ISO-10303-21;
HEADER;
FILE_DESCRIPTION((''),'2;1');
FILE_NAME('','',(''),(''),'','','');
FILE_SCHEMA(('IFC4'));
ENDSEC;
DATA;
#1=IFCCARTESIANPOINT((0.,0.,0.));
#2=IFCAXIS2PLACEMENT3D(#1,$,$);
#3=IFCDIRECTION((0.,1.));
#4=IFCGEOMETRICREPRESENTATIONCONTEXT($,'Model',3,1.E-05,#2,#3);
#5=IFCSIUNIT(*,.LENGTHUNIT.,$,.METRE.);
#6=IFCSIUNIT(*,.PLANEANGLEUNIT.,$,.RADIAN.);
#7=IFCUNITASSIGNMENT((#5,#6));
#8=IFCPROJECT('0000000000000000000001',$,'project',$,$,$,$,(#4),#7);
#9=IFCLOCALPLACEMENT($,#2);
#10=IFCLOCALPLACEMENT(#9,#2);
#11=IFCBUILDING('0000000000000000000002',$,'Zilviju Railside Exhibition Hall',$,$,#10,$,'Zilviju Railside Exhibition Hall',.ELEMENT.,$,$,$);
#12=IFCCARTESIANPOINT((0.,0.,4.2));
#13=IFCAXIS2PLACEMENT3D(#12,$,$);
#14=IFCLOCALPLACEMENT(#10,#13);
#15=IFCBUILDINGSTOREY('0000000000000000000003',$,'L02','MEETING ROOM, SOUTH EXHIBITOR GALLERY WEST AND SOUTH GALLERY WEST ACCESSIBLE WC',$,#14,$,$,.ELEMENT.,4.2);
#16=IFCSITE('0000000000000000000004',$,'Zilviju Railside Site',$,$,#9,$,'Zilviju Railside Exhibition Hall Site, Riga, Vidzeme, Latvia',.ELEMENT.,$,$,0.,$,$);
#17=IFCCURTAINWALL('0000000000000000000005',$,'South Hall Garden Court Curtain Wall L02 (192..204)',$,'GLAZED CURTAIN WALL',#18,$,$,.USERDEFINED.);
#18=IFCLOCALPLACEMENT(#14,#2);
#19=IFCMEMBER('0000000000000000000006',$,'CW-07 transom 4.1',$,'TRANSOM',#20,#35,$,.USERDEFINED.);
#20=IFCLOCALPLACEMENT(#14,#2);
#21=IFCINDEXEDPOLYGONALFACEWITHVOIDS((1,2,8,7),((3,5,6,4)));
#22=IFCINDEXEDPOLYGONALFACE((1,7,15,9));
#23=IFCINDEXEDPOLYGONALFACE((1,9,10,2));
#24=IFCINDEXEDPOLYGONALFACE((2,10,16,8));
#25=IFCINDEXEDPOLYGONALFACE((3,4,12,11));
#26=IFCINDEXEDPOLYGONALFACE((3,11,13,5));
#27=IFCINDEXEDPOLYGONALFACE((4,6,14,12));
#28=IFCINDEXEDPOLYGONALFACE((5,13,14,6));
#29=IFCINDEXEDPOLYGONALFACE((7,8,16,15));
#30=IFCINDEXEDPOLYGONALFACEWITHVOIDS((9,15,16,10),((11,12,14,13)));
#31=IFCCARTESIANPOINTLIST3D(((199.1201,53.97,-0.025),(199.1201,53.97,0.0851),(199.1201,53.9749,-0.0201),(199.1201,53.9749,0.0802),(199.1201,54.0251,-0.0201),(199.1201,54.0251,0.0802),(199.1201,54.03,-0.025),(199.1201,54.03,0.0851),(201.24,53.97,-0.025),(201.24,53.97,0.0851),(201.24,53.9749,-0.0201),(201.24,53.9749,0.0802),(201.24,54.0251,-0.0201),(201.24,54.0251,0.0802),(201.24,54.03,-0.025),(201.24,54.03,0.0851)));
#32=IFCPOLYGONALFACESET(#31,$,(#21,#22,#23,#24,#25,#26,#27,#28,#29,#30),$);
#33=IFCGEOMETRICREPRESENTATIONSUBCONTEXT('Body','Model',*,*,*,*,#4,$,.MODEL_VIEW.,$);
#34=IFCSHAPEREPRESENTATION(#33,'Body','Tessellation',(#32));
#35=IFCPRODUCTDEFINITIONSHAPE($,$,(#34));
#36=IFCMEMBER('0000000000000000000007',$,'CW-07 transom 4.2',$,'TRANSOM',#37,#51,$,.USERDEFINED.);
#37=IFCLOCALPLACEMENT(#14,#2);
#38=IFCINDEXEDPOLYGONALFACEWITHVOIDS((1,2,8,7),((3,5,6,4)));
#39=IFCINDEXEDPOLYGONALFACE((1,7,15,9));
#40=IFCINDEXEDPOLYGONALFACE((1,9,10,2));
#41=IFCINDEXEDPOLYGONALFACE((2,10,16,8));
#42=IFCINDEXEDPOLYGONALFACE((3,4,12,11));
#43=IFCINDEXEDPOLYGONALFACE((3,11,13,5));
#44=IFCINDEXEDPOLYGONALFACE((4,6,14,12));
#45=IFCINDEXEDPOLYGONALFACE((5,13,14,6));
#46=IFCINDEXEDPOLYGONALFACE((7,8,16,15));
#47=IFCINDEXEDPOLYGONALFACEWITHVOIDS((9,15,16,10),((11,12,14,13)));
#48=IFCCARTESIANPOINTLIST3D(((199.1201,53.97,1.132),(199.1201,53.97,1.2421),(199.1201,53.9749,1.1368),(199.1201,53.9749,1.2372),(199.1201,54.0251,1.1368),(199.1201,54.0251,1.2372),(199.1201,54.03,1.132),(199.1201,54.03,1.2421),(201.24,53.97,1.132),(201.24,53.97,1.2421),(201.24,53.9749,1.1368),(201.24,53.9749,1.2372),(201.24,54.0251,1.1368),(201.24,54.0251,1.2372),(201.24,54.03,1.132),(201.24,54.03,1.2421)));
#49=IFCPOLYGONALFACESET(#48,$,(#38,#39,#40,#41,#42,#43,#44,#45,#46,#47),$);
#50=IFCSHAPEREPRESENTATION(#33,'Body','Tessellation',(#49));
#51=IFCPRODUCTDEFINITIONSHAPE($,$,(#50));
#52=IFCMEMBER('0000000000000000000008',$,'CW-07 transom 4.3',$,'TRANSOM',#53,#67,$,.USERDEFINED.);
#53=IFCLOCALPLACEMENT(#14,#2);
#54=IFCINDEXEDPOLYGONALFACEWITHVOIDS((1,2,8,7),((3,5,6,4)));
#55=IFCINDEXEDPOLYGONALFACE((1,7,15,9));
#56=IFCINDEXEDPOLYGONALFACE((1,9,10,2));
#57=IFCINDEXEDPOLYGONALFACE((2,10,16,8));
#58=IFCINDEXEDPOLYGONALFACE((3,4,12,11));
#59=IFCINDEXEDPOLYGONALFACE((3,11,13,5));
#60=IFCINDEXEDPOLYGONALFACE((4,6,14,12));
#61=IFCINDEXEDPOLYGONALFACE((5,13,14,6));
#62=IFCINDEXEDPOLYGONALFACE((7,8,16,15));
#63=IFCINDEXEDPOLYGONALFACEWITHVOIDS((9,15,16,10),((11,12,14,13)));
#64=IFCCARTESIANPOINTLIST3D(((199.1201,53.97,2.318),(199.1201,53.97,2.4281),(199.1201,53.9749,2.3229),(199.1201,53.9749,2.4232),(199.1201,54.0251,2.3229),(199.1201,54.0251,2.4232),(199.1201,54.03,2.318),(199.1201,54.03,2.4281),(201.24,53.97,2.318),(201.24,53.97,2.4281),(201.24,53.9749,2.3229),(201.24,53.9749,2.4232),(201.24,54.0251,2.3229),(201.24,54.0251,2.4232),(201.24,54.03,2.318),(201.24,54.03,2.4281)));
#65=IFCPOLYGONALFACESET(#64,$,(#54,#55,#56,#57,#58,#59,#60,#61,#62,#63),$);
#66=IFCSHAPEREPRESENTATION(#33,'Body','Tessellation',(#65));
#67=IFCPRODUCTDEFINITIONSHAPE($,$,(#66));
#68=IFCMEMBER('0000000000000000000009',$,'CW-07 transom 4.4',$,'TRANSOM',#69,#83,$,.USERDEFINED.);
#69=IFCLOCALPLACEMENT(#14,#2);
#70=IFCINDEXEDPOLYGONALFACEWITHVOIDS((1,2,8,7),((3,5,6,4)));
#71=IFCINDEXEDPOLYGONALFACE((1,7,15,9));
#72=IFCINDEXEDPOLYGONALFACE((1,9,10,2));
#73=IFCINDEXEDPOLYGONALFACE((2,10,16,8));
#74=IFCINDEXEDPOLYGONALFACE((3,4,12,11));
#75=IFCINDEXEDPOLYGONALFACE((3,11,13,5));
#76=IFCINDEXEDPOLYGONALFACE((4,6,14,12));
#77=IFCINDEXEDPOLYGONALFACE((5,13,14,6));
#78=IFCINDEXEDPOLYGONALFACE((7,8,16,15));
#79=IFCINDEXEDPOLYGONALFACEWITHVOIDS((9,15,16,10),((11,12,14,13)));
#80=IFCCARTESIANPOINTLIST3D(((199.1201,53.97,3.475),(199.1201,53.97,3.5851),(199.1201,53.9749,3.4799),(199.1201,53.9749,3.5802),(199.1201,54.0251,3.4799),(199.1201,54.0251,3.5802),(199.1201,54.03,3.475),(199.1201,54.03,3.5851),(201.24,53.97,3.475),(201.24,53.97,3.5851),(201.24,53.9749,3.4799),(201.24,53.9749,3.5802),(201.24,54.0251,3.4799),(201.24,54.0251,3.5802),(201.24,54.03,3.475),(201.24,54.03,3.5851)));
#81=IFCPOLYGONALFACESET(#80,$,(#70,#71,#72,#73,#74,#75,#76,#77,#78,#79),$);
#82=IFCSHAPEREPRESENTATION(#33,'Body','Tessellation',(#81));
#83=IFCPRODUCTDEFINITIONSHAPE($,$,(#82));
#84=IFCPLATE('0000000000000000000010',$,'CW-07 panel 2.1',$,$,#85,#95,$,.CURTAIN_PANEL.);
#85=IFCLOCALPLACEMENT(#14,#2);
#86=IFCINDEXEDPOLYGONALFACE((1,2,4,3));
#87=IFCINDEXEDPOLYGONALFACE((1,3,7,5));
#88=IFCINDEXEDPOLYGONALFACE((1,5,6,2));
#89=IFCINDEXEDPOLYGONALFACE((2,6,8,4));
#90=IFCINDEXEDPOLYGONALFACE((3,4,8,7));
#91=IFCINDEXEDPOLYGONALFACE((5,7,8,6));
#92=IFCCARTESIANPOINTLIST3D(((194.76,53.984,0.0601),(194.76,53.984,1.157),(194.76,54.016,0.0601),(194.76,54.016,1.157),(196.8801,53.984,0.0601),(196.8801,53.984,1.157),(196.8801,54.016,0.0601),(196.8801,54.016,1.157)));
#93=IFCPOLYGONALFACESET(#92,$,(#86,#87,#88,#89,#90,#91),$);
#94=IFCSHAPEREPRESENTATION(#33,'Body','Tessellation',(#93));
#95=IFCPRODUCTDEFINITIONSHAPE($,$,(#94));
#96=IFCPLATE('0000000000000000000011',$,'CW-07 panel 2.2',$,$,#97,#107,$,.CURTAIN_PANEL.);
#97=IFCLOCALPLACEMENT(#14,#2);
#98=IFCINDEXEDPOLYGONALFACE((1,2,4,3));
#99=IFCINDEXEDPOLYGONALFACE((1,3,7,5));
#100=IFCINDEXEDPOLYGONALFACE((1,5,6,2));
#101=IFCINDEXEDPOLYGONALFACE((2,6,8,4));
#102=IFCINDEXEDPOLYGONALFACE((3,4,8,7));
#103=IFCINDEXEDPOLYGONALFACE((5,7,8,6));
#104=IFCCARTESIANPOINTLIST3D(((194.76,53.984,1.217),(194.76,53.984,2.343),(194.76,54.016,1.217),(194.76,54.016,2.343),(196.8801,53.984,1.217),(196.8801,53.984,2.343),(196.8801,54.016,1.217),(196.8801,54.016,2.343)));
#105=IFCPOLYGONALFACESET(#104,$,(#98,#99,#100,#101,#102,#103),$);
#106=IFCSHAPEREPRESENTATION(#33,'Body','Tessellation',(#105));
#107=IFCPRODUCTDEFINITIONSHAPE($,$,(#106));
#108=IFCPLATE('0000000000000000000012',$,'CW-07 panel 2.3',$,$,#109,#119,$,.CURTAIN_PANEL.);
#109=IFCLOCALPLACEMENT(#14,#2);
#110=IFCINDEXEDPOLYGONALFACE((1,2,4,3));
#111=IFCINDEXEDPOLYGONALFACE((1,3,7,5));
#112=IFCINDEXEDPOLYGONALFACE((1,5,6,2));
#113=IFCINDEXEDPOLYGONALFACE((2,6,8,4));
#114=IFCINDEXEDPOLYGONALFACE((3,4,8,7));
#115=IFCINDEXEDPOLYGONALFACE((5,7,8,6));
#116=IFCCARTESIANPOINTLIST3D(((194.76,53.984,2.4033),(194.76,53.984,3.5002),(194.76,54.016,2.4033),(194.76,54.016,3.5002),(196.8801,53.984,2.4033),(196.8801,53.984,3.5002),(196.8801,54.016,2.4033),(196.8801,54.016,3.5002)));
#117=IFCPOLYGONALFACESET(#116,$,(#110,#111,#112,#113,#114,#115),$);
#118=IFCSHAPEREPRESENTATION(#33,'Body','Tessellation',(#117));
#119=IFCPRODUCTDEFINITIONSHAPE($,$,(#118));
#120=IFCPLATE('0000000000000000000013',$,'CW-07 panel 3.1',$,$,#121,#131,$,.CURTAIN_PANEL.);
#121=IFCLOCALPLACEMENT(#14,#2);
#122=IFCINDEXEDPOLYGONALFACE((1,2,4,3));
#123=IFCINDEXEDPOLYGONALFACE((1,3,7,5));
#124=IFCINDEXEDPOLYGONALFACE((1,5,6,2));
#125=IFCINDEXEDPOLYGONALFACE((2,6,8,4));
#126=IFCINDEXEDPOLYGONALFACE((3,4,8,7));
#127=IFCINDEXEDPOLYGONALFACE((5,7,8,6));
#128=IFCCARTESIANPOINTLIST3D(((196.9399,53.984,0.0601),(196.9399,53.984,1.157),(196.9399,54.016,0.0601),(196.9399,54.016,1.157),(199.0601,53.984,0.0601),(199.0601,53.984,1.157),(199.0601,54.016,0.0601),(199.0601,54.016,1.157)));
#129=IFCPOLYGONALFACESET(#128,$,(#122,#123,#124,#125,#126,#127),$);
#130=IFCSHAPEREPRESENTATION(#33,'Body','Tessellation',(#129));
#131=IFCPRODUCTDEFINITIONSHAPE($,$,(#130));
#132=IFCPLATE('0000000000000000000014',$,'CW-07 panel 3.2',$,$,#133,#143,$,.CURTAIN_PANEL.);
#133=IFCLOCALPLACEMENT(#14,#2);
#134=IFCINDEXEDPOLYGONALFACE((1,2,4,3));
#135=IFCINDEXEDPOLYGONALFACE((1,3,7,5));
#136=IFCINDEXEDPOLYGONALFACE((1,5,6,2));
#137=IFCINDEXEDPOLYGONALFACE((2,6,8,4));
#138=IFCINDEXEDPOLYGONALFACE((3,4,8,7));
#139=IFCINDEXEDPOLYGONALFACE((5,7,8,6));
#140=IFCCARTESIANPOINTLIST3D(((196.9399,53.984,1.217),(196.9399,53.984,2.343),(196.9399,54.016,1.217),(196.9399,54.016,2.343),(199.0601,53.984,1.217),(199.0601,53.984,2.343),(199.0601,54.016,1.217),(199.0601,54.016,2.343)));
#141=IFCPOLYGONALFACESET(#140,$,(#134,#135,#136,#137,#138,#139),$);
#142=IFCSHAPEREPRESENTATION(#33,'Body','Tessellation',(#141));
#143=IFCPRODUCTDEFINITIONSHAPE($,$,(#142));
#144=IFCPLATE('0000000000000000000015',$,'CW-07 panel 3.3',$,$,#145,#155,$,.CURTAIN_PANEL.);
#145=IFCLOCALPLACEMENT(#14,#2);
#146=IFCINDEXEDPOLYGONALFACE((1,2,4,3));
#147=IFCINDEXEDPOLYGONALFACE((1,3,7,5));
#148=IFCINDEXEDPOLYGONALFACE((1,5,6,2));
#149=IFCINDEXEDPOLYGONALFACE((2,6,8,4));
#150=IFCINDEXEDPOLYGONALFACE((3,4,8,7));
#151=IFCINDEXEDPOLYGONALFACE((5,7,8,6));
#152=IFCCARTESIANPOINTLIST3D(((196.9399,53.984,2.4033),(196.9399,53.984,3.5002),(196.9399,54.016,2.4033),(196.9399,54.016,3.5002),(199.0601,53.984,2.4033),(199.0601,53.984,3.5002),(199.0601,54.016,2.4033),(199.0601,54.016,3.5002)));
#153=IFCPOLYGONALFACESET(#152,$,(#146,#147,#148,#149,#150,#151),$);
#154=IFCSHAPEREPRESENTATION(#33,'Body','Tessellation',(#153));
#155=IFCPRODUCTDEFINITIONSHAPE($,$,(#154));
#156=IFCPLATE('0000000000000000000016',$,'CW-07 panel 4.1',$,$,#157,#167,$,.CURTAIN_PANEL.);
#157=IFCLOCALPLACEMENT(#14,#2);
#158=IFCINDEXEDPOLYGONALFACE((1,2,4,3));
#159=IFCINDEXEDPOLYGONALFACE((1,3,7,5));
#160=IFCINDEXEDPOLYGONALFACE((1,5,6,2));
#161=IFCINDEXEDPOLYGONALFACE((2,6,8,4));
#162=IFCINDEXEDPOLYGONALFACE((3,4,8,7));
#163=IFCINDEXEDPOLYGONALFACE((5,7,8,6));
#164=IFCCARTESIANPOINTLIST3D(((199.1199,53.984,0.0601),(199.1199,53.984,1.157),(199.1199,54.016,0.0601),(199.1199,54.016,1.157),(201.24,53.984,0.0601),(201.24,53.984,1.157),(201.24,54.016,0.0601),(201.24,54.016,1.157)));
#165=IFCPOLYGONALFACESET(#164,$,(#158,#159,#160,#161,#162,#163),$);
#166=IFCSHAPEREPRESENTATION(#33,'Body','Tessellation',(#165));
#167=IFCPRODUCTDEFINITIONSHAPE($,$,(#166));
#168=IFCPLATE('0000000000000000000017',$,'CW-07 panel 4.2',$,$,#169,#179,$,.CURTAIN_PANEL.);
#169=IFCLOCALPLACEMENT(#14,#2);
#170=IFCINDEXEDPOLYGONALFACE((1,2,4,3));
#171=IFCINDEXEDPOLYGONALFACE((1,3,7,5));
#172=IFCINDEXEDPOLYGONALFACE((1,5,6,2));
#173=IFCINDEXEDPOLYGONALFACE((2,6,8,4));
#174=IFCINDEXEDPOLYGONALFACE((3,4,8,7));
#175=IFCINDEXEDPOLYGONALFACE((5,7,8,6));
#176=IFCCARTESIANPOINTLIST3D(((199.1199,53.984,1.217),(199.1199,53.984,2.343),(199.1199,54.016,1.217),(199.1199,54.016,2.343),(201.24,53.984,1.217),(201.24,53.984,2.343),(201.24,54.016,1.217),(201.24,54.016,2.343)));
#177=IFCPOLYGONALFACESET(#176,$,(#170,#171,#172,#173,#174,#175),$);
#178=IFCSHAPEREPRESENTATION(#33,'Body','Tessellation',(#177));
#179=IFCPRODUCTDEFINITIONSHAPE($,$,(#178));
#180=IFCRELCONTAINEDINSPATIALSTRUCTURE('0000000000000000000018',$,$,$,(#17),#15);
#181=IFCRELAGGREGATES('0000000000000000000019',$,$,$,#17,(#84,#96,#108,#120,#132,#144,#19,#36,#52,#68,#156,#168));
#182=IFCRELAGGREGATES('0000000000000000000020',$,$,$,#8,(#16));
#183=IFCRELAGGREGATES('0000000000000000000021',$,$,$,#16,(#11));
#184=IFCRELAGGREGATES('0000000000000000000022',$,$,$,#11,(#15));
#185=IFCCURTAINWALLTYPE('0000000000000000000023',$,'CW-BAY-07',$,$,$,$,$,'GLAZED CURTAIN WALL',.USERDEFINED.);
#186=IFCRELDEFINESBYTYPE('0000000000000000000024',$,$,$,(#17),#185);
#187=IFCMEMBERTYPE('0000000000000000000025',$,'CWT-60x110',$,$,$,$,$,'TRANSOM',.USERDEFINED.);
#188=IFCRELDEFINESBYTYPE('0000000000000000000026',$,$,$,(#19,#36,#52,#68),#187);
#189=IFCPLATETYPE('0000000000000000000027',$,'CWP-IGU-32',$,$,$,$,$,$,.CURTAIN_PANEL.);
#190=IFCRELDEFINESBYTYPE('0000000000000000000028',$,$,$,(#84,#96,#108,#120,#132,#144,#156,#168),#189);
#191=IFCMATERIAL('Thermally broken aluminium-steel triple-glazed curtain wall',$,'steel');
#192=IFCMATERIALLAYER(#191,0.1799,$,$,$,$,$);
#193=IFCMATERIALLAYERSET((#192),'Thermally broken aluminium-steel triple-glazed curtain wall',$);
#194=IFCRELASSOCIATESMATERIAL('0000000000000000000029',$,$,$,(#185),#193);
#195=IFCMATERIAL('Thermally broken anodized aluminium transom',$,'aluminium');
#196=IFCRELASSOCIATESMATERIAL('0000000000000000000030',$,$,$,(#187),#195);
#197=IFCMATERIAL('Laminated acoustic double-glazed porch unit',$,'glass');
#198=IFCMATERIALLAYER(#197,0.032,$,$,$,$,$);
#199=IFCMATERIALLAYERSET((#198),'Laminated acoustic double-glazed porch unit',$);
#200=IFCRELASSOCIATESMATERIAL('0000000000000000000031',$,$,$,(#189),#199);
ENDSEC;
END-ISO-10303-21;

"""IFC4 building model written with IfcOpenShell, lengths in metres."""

from ifc_helpers import new_model, si_unit, direction, frame, origin, origin_2d, place, context, subcontext, project, spatial, rectangle, hollow_rectangle, extrude, material, layer, layer_set, material_profile, profile_set, type_object, element, aggregate, save


model = new_model("IFC4")

# Units and contexts
model_context = context("Model", 3, precision=1e-05, world=origin(), true_north=direction((0.0, 1.0)))
body_context = subcontext(model_context, "Body", "Model", "MODEL_VIEW")
ifc_project = project(units=[si_unit("LENGTHUNIT", "METRE"), si_unit("PLANEANGLEUNIT", "RADIAN")], contexts=[model_context])

# Site, building, storey
site_placement = place(None, origin())
site = spatial("IfcSite", under=ifc_project, at=site_placement, Name="Zilviju Railside Site", LongName="Zilviju Railside Exhibition Hall Site, Riga, Vidzeme, Latvia", CompositionType="ELEMENT", RefElevation=0.0)
building_placement = place(site_placement, origin())
building = spatial("IfcBuilding", under=site, at=building_placement, Name="Zilviju Railside Exhibition Hall", LongName="Zilviju Railside Exhibition Hall", CompositionType="ELEMENT")
storey_placement = place(building_placement, frame((0.0, 0.0, 4.2)))
storey = spatial("IfcBuildingStorey", under=building, at=storey_placement, Name="L02", Description="MEETING ROOM, SOUTH EXHIBITOR GALLERY WEST AND SOUTH GALLERY WEST ACCESSIBLE WC", CompositionType="ELEMENT", Elevation=4.2)

# Curtain wall, members, plates
ifc_material_1 = material(Name="Thermally broken aluminium-steel triple-glazed curtain wall", Category="steel")
ifc_layer_1 = layer(ifc_material_1, 0.1799)
ifc_layer_set_1 = layer_set([ifc_layer_1], Name="Thermally broken aluminium-steel triple-glazed curtain wall")
curtain_wall_type = type_object("IfcCurtainWallType", Name="CW-BAY-07", ElementType="GLAZED CURTAIN WALL", PredefinedType="USERDEFINED", material=ifc_layer_set_1)
curtain_wall_placement = place(storey_placement, origin())
curtain_wall = element("IfcCurtainWall", 1, at=curtain_wall_placement, inside=storey, type_object=curtain_wall_type, Name="South Hall Garden Court Curtain Wall L02 (192..204)", ObjectType="GLAZED CURTAIN WALL", PredefinedType="USERDEFINED")
ifc_material_2 = material(Name="Thermally broken anodized aluminium transom", Category="aluminium")
ifc_material_profile_1 = material_profile(ifc_material_2, hollow_rectangle(XDim=0.0601, YDim=0.1101, WallThickness=0.0049, at=origin_2d()), Name="TRANSOM 110x60x5")
ifc_profile_set_1 = profile_set([ifc_material_profile_1], Name="Thermally broken anodized aluminium transom")
member_type_1 = type_object("IfcMemberType", Name="CWT-60x110", ElementType="TRANSOM", PredefinedType="USERDEFINED", material=ifc_profile_set_1)
member_1_placement = place(storey_placement, frame((199.1201, 54.0, 0.03), z_axis=(1.0, 0.0, 0.0), x_axis=(0.0, 1.0, 0.0)))
member_1 = element("IfcMember", 2, at=member_1_placement, type_object=member_type_1, Name="CW-07 transom 4.1", ObjectType="TRANSOM", PredefinedType="USERDEFINED", context=body_context, shape_type="SweptSolid", body=[
    extrude(hollow_rectangle(XDim=0.0601, YDim=0.1101, WallThickness=0.0049, at=origin_2d()), origin(), (0.0, 0.0, 1.0), 2.1199),
])
member_2_placement = place(storey_placement, frame((199.1201, 54.0, 1.187), z_axis=(1.0, 0.0, 0.0), x_axis=(0.0, 1.0, 0.0)))
member_2 = element("IfcMember", 3, at=member_2_placement, type_object=member_type_1, Name="CW-07 transom 4.2", ObjectType="TRANSOM", PredefinedType="USERDEFINED", context=body_context, shape_type="SweptSolid", body=[
    extrude(hollow_rectangle(XDim=0.0601, YDim=0.1101, WallThickness=0.0049, at=origin_2d()), origin(), (0.0, 0.0, 1.0), 2.1199),
])
member_3_placement = place(storey_placement, frame((199.1201, 54.0, 2.373), z_axis=(1.0, 0.0, 0.0), x_axis=(0.0, 1.0, 0.0)))
member_3 = element("IfcMember", 4, at=member_3_placement, type_object=member_type_1, Name="CW-07 transom 4.3", ObjectType="TRANSOM", PredefinedType="USERDEFINED", context=body_context, shape_type="SweptSolid", body=[
    extrude(hollow_rectangle(XDim=0.0601, YDim=0.1101, WallThickness=0.0049, at=origin_2d()), origin(), (0.0, 0.0, 1.0), 2.1199),
])
member_4_placement = place(storey_placement, frame((199.1201, 54.0, 3.53), z_axis=(1.0, 0.0, 0.0), x_axis=(0.0, 1.0, 0.0)))
member_4 = element("IfcMember", 5, at=member_4_placement, type_object=member_type_1, Name="CW-07 transom 4.4", ObjectType="TRANSOM", PredefinedType="USERDEFINED", context=body_context, shape_type="SweptSolid", body=[
    extrude(hollow_rectangle(XDim=0.0601, YDim=0.1101, WallThickness=0.0049, at=origin_2d()), origin(), (0.0, 0.0, 1.0), 2.1199),
])
ifc_material_3 = material(Name="Laminated acoustic double-glazed porch unit", Category="glass")
ifc_layer_2 = layer(ifc_material_3, 0.032)
ifc_layer_set_2 = layer_set([ifc_layer_2], Name="Laminated acoustic double-glazed porch unit")
plate_type = type_object("IfcPlateType", Name="CWP-IGU-32", PredefinedType="CURTAIN_PANEL", material=ifc_layer_set_2)
plate_1_placement = place(storey_placement, frame((195.8201, 54.0, 0.0601), z_axis=(0.0, 0.0, 1.0), x_axis=(1.0, 0.0, 0.0)))
plate_1 = element("IfcPlate", 6, at=plate_1_placement, type_object=plate_type, Name="CW-07 panel 2.1", PredefinedType="CURTAIN_PANEL", context=body_context, shape_type="SweptSolid", body=[
    extrude(rectangle(XDim=2.1201, YDim=0.032, at=origin_2d()), origin(), (0.0, 0.0, 1.0), 1.0969),
])
plate_2_placement = place(storey_placement, frame((195.8201, 54.0, 1.217), z_axis=(0.0, 0.0, 1.0), x_axis=(1.0, 0.0, 0.0)))
plate_2 = element("IfcPlate", 7, at=plate_2_placement, type_object=plate_type, Name="CW-07 panel 2.2", PredefinedType="CURTAIN_PANEL", context=body_context, shape_type="SweptSolid", body=[
    extrude(rectangle(XDim=2.1201, YDim=0.032, at=origin_2d()), origin(), (0.0, 0.0, 1.0), 1.126),
])
plate_3_placement = place(storey_placement, frame((195.8201, 54.0, 2.4033), z_axis=(0.0, 0.0, 1.0), x_axis=(1.0, 0.0, 0.0)))
plate_3 = element("IfcPlate", 8, at=plate_3_placement, type_object=plate_type, Name="CW-07 panel 2.3", PredefinedType="CURTAIN_PANEL", context=body_context, shape_type="SweptSolid", body=[
    extrude(rectangle(XDim=2.1201, YDim=0.032, at=origin_2d()), origin(), (0.0, 0.0, 1.0), 1.0969),
])
plate_4_placement = place(storey_placement, frame((198.0, 54.0, 0.0601), z_axis=(0.0, 0.0, 1.0), x_axis=(1.0, 0.0, 0.0)))
plate_4 = element("IfcPlate", 9, at=plate_4_placement, type_object=plate_type, Name="CW-07 panel 3.1", PredefinedType="CURTAIN_PANEL", context=body_context, shape_type="SweptSolid", body=[
    extrude(rectangle(XDim=2.1201, YDim=0.032, at=origin_2d()), origin(), (0.0, 0.0, 1.0), 1.0969),
])
plate_5_placement = place(storey_placement, frame((198.0, 54.0, 1.217), z_axis=(0.0, 0.0, 1.0), x_axis=(1.0, 0.0, 0.0)))
plate_5 = element("IfcPlate", 10, at=plate_5_placement, type_object=plate_type, Name="CW-07 panel 3.2", PredefinedType="CURTAIN_PANEL", context=body_context, shape_type="SweptSolid", body=[
    extrude(rectangle(XDim=2.1201, YDim=0.032, at=origin_2d()), origin(), (0.0, 0.0, 1.0), 1.126),
])
plate_6_placement = place(storey_placement, frame((198.0, 54.0, 2.4033), z_axis=(0.0, 0.0, 1.0), x_axis=(1.0, 0.0, 0.0)))
plate_6 = element("IfcPlate", 11, at=plate_6_placement, type_object=plate_type, Name="CW-07 panel 3.3", PredefinedType="CURTAIN_PANEL", context=body_context, shape_type="SweptSolid", body=[
    extrude(rectangle(XDim=2.1201, YDim=0.032, at=origin_2d()), origin(), (0.0, 0.0, 1.0), 1.0969),
])
plate_7_placement = place(storey_placement, frame((200.1799, 54.0, 0.0601), z_axis=(0.0, 0.0, 1.0), x_axis=(1.0, 0.0, 0.0)))
plate_7 = element("IfcPlate", 12, at=plate_7_placement, type_object=plate_type, Name="CW-07 panel 4.1", PredefinedType="CURTAIN_PANEL", context=body_context, shape_type="SweptSolid", body=[
    extrude(rectangle(XDim=2.1201, YDim=0.032, at=origin_2d()), origin(), (0.0, 0.0, 1.0), 1.0969),
])
plate_8_placement = place(storey_placement, frame((200.1799, 54.0, 1.217), z_axis=(0.0, 0.0, 1.0), x_axis=(1.0, 0.0, 0.0)))
plate_8 = element("IfcPlate", 13, at=plate_8_placement, type_object=plate_type, Name="CW-07 panel 4.2", PredefinedType="CURTAIN_PANEL", context=body_context, shape_type="SweptSolid", body=[
    extrude(rectangle(XDim=2.1201, YDim=0.032, at=origin_2d()), origin(), (0.0, 0.0, 1.0), 1.126),
])
aggregate(curtain_wall, [plate_1, plate_2, plate_3, plate_4, plate_5, plate_6, member_1, member_2, member_3, member_4, plate_7, plate_8])

save(model, "model.ifc")
